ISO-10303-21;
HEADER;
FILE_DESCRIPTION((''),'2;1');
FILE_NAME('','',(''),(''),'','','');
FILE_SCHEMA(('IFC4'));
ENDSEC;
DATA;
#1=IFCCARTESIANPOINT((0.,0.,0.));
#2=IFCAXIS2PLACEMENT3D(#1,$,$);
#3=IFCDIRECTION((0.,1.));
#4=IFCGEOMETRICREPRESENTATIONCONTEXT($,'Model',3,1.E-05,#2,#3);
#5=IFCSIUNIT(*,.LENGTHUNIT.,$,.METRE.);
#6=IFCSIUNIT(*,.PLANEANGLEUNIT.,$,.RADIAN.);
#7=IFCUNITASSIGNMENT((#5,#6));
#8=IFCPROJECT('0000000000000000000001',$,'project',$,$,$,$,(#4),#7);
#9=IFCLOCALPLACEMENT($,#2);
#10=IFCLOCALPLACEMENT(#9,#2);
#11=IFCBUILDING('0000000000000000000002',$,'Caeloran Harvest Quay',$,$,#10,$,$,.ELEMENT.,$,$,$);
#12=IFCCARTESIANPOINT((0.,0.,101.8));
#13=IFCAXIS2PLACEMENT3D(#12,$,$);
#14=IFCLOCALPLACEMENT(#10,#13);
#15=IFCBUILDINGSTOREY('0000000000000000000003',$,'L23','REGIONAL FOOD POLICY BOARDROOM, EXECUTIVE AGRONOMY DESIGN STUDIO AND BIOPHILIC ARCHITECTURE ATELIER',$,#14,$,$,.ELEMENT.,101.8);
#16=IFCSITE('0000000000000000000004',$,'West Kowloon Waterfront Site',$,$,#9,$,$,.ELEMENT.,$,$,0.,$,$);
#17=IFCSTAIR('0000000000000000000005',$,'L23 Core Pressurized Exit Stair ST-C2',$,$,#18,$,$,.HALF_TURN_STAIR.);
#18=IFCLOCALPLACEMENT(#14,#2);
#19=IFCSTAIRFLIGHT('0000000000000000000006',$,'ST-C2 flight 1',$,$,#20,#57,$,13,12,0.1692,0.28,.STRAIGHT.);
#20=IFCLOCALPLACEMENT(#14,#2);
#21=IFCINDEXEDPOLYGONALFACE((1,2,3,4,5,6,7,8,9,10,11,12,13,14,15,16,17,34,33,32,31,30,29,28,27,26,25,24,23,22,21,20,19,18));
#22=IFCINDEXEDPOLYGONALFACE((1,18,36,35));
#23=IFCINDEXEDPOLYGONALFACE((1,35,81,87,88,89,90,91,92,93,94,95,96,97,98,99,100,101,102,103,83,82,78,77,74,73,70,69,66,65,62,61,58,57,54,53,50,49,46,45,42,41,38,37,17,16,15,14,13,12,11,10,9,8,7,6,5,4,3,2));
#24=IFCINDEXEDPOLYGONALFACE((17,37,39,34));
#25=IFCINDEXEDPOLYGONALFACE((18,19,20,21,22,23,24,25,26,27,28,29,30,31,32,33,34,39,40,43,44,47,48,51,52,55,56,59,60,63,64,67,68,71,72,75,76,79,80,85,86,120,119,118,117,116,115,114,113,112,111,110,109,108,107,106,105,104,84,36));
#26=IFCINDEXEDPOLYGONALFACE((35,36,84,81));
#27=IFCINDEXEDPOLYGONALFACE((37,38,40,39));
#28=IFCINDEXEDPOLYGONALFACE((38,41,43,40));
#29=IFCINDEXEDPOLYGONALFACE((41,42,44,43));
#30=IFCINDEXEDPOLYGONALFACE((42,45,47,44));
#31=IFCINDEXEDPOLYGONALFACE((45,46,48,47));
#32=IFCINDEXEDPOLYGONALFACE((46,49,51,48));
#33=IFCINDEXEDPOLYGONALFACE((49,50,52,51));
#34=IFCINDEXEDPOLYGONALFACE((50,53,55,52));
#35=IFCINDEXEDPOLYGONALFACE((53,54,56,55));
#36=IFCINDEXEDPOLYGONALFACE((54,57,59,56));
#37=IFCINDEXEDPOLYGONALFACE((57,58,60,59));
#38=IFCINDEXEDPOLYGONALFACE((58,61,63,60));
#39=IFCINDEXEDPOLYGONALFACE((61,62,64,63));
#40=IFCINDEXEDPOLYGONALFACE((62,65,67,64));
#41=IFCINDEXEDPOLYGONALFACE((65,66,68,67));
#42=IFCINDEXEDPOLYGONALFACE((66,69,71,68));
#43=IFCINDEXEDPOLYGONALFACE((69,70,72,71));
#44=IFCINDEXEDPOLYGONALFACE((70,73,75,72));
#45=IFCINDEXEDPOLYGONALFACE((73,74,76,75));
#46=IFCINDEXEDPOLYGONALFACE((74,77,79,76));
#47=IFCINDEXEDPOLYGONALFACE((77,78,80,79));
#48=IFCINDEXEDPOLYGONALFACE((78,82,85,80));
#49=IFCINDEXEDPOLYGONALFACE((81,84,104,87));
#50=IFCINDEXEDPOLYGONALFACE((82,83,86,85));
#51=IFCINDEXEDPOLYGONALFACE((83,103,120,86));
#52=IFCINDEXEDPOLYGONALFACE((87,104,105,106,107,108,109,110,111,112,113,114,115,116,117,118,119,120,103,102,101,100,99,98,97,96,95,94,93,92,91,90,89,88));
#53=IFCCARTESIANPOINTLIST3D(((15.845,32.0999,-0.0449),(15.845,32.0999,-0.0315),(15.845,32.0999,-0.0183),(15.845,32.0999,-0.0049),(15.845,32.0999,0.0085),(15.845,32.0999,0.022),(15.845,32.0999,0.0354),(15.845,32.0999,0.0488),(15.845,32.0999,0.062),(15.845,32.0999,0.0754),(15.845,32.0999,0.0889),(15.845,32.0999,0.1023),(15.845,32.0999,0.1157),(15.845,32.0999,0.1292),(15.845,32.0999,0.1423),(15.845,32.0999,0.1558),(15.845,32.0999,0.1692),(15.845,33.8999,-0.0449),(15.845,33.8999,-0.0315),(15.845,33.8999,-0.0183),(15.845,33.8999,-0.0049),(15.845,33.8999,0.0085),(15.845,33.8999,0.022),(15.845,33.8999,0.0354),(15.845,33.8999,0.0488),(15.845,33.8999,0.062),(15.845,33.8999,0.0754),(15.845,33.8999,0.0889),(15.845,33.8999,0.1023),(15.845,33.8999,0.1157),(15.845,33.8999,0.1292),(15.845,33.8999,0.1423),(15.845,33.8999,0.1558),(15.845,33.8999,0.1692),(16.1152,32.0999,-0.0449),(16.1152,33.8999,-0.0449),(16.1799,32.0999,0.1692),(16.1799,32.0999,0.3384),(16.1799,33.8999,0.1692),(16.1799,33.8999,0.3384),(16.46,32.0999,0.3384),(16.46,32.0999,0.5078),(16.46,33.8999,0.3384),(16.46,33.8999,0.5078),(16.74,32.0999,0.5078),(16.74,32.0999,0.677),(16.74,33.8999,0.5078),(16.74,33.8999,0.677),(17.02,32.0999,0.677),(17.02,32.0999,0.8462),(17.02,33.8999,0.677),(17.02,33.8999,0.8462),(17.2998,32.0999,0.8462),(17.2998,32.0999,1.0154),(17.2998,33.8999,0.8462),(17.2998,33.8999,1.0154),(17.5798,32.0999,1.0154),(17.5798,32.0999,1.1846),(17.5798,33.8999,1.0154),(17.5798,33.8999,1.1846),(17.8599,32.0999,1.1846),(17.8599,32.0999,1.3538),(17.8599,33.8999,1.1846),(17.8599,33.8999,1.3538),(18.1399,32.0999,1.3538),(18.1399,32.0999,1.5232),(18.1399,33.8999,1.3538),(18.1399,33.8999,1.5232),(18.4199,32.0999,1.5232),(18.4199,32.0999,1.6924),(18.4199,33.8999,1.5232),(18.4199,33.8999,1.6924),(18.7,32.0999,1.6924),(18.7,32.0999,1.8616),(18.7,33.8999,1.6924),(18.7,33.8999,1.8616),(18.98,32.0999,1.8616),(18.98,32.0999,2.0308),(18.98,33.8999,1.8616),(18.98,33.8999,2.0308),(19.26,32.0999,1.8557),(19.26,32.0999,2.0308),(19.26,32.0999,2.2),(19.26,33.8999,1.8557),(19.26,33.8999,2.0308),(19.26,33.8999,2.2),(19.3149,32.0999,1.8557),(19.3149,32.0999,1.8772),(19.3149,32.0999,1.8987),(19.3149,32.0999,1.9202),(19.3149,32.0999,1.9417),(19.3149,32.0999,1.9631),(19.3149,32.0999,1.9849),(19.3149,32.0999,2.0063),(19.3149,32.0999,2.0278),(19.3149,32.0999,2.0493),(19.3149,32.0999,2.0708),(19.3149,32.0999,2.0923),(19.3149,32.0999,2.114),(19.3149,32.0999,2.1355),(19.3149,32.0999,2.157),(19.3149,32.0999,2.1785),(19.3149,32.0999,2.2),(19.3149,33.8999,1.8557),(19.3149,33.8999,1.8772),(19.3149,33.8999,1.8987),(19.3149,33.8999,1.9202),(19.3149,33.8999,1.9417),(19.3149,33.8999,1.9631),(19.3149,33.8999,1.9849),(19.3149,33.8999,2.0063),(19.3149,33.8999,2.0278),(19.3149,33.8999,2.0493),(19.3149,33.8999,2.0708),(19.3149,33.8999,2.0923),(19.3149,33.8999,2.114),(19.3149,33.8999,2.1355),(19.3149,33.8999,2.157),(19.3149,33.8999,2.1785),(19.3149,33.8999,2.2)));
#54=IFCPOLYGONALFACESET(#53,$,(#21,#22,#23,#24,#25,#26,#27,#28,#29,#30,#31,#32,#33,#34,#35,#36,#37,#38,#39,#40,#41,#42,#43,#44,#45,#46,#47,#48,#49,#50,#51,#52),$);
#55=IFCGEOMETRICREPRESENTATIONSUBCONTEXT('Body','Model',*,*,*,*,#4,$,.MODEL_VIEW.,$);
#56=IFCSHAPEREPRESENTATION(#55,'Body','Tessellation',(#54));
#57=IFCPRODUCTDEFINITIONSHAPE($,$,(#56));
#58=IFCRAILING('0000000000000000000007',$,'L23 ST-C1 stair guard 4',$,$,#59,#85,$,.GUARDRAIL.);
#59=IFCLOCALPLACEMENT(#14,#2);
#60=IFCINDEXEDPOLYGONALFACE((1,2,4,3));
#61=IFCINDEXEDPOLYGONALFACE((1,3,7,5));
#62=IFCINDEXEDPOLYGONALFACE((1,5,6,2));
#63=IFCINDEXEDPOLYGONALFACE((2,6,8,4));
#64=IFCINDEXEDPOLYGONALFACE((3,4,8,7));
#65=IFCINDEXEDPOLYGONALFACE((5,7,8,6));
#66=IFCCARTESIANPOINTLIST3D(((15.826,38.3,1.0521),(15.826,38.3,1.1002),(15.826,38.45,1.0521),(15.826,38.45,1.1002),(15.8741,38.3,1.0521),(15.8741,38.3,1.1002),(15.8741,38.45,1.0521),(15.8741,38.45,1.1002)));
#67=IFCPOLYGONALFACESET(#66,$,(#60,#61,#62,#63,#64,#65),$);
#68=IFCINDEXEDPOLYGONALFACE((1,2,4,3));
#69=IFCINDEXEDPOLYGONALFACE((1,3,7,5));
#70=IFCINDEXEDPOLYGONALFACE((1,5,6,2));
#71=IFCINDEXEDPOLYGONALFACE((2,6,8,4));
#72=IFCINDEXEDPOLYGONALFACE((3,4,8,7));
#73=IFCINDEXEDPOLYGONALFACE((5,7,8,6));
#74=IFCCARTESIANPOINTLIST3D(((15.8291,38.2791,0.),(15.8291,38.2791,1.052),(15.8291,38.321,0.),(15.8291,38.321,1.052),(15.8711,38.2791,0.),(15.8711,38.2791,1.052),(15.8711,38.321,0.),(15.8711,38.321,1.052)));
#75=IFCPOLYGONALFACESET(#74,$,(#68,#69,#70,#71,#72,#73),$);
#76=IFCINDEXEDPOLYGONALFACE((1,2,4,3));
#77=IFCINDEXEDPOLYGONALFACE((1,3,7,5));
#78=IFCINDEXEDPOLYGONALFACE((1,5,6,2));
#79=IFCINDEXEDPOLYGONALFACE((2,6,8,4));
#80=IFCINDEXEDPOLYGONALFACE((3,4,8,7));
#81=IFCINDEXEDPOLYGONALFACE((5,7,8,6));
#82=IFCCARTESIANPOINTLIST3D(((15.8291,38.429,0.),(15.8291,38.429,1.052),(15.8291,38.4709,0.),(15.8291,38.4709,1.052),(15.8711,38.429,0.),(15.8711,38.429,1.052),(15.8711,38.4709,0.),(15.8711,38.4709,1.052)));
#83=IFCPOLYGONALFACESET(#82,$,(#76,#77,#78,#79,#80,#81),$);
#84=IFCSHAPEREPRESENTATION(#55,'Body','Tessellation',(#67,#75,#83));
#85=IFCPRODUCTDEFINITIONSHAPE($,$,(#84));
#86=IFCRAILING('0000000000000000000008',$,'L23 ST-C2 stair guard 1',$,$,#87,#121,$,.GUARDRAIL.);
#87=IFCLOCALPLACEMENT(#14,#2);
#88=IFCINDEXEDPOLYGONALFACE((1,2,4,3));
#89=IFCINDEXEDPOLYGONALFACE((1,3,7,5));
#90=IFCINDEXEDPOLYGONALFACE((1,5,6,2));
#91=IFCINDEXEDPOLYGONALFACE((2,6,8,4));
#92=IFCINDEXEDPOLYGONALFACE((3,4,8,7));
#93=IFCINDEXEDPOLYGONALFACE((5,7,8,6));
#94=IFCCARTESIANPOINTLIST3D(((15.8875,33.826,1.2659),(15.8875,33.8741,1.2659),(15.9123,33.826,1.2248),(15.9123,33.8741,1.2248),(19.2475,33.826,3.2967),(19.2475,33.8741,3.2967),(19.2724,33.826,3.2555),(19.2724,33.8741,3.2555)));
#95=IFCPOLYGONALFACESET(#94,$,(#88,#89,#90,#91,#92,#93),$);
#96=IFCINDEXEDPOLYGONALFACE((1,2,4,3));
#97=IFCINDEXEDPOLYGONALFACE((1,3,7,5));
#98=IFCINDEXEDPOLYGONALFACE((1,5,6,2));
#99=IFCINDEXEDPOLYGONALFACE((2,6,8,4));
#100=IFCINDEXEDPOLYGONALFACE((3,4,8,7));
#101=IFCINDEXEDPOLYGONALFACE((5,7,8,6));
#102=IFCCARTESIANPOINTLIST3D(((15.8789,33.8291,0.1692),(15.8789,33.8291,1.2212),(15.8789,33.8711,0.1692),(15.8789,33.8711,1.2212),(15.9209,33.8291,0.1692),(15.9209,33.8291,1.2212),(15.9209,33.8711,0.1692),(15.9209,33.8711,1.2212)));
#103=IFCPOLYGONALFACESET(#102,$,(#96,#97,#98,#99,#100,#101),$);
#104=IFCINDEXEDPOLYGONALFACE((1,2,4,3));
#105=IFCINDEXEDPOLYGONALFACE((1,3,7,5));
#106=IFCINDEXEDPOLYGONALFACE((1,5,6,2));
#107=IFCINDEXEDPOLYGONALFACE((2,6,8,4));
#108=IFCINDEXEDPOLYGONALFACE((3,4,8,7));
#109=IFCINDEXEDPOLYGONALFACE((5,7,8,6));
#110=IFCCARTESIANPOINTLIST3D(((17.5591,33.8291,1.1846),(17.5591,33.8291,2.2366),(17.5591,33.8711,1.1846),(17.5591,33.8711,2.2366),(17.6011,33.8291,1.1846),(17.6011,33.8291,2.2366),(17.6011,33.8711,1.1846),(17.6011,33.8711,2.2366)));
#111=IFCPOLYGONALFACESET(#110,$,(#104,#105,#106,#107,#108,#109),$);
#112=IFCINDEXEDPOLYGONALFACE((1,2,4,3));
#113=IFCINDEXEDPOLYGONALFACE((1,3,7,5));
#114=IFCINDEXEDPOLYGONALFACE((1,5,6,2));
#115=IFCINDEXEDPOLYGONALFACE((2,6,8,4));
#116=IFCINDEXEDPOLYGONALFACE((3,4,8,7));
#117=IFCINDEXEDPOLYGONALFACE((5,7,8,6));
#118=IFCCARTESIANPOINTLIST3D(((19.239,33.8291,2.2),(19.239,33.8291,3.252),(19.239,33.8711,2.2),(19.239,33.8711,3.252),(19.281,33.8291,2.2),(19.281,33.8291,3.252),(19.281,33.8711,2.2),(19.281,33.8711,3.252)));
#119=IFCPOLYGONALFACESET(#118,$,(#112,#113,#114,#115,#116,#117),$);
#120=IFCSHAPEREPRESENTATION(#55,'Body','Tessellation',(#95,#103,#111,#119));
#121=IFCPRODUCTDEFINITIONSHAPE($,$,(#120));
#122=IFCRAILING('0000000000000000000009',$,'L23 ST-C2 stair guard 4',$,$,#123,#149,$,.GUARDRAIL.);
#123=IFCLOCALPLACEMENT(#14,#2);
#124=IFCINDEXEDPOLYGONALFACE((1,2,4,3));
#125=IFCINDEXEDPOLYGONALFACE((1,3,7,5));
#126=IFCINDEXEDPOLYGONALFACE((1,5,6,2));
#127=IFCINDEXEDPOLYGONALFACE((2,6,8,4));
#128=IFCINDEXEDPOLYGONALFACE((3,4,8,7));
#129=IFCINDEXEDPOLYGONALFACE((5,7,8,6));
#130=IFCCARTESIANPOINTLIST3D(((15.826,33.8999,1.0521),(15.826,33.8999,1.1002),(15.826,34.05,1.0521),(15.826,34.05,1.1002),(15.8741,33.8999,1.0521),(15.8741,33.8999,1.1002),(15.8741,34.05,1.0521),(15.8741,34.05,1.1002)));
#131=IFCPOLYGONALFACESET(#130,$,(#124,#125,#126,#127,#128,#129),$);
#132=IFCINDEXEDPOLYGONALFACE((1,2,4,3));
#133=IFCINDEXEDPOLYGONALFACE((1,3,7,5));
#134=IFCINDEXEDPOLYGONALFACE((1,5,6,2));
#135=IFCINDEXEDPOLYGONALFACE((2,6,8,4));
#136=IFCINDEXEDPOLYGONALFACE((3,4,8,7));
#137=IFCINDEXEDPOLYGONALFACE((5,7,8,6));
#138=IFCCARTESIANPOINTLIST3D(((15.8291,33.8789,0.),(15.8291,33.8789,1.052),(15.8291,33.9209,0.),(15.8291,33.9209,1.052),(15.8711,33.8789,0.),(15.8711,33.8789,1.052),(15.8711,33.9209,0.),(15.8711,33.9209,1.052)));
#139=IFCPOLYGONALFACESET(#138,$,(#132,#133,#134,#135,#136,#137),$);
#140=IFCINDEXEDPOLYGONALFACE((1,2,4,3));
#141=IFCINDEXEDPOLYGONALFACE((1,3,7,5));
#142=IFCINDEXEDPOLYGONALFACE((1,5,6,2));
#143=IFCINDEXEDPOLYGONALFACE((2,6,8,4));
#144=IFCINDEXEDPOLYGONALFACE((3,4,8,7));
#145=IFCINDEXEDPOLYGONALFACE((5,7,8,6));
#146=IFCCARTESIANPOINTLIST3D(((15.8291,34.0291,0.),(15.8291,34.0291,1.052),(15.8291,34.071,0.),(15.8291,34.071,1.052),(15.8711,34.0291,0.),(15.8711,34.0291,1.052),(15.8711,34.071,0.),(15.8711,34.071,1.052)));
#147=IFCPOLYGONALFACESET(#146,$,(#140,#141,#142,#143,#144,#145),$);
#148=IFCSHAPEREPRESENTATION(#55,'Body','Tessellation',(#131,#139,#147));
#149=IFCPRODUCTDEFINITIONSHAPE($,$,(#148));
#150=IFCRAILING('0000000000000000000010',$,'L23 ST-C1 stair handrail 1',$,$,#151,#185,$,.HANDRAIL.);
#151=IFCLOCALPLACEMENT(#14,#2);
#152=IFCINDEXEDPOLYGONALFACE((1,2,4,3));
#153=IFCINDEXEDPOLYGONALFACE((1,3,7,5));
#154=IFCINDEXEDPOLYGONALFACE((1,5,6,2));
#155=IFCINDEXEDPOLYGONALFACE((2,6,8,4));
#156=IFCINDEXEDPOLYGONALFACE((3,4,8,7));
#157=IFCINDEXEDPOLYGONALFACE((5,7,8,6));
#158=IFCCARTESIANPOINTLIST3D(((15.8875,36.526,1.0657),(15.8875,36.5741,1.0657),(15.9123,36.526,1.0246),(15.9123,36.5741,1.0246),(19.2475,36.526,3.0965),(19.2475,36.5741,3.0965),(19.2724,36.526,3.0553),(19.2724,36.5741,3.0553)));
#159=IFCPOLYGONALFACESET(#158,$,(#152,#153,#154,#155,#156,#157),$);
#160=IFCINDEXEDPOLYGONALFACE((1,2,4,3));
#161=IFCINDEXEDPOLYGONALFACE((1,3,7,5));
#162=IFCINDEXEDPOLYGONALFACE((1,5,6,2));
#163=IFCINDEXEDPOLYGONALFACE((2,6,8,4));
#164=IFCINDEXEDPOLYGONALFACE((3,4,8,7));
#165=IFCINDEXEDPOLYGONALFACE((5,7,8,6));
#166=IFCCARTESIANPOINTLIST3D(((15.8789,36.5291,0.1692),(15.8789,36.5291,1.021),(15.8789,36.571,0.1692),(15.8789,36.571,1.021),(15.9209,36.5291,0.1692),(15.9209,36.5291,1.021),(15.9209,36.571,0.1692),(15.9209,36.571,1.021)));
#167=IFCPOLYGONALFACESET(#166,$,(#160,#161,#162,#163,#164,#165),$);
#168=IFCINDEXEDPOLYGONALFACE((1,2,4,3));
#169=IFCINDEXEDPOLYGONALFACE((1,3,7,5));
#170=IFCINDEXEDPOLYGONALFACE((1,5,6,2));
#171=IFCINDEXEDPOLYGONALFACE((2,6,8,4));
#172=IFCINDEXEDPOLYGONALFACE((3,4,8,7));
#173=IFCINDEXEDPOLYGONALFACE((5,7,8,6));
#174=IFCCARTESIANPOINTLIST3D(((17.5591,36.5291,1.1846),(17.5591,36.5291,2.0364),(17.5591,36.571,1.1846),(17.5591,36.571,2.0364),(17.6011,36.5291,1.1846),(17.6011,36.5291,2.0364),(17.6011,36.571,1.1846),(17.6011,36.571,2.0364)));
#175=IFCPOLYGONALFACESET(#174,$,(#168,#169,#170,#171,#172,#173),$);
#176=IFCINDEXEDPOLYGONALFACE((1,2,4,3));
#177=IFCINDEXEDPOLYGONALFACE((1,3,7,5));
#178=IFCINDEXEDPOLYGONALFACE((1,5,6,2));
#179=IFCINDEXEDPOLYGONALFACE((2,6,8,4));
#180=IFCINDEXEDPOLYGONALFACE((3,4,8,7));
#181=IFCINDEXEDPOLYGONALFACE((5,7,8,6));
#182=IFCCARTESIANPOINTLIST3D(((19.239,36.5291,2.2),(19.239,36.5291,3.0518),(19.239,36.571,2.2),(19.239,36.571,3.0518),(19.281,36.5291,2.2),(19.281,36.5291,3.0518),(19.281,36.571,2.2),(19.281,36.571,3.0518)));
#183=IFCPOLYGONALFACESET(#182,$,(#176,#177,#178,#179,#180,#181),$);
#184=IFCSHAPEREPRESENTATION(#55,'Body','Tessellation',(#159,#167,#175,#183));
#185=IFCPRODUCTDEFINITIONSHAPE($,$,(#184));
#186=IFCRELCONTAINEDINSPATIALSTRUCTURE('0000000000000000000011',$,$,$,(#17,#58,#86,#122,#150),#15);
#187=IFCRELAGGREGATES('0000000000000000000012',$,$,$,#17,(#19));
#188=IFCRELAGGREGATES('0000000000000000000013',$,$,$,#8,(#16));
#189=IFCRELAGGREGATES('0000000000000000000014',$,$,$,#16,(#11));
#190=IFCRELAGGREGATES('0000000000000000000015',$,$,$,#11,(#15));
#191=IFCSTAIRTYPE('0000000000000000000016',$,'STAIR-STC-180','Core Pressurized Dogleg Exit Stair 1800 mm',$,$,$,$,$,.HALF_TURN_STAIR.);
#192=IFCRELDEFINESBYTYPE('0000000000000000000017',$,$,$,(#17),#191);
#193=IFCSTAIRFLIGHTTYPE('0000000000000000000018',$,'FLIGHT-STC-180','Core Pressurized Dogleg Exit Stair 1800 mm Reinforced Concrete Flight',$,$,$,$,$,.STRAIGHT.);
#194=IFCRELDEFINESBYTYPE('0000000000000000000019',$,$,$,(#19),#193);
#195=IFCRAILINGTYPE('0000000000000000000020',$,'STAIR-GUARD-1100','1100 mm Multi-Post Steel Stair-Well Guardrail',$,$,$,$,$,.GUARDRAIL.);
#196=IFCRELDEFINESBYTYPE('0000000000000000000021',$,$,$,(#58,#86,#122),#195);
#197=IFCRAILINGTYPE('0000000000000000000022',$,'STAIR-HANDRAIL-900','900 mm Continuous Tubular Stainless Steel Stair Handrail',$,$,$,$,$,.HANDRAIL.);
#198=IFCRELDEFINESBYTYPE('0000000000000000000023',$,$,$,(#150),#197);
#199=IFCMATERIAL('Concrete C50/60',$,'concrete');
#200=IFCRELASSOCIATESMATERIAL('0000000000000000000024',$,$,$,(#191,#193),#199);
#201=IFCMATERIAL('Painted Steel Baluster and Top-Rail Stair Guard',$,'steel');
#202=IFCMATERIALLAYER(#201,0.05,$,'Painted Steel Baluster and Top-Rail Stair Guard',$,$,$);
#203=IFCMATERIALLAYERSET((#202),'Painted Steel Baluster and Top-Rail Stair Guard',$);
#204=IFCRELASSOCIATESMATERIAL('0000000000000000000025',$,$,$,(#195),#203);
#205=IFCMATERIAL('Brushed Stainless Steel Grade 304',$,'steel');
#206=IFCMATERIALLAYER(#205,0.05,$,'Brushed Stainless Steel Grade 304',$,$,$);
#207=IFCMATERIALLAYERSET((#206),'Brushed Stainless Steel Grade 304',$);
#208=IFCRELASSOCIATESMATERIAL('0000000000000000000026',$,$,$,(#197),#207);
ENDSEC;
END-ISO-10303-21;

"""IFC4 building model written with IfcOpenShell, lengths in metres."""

from ifc_helpers import new_model, si_unit, direction, frame, origin, origin_2d, place, context, subcontext, project, spatial, polyline, rectangle, outline, extrude, material, layer, layer_set, type_object, element, aggregate, save


model = new_model("IFC4")

# Units and contexts
model_context = context("Model", 3, precision=1e-05, world=origin(), true_north=direction((0.0, 1.0)))
body_context = subcontext(model_context, "Body", "Model", "MODEL_VIEW")
ifc_project = project(units=[si_unit("LENGTHUNIT", "METRE"), si_unit("PLANEANGLEUNIT", "RADIAN")], contexts=[model_context])

# Site, building, storey
site_placement = place(None, origin())
site = spatial("IfcSite", under=ifc_project, at=site_placement, Name="West Kowloon Waterfront Site", CompositionType="ELEMENT", RefElevation=0.0)
building_placement = place(site_placement, origin())
building = spatial("IfcBuilding", under=site, at=building_placement, Name="Caeloran Harvest Quay", CompositionType="ELEMENT")
storey_placement = place(building_placement, frame((0.0, 0.0, 101.8)))
storey = spatial("IfcBuildingStorey", under=building, at=storey_placement, Name="L23", Description="REGIONAL FOOD POLICY BOARDROOM, EXECUTIVE AGRONOMY DESIGN STUDIO AND BIOPHILIC ARCHITECTURE ATELIER", CompositionType="ELEMENT", Elevation=101.8)

# Shared definitions
ifc_material_1 = material(Name="Concrete C50/60", Category="concrete")

# Stair, stair flight
stair_type = type_object("IfcStairType", Name="STAIR-STC-180", Description="Core Pressurized Dogleg Exit Stair 1800 mm", PredefinedType="HALF_TURN_STAIR", material=ifc_material_1)
stair_placement = place(storey_placement, origin())
stair = element("IfcStair", 1, at=stair_placement, inside=storey, type_object=stair_type, Name="L23 Core Pressurized Exit Stair ST-C2", PredefinedType="HALF_TURN_STAIR")
stair_flight_type = type_object("IfcStairFlightType", Name="FLIGHT-STC-180", Description="Core Pressurized Dogleg Exit Stair 1800 mm Reinforced Concrete Flight", PredefinedType="STRAIGHT", material=ifc_material_1)
stair_flight_placement = place(storey_placement, frame((15.8999, 33.0, 0.0), z_axis=(0.0, 0.0, 1.0), x_axis=(1.0, 0.0, 0.0)))
stair_flight = element("IfcStairFlight", 2, at=stair_flight_placement, type_object=stair_flight_type, Name="ST-C2 flight 1", NumberOfRisers=13, NumberOfTreads=12, PredefinedType="STRAIGHT", RiserHeight=0.1692, TreadLength=0.28, context=body_context, shape_type="SweptSolid", body=[
    extrude(outline(polyline([(-0.0549, -0.0449), (-0.0549, -0.0315), (-0.0549, -0.0183), (-0.0549, -0.0049), (-0.0549, 0.0085), (-0.0549, 0.022), (-0.0549, 0.0354), (-0.0549, 0.0488), (-0.0549, 0.062), (-0.0549, 0.0754), (-0.0549, 0.0889), (-0.0549, 0.1023), (-0.0549, 0.1157), (-0.0549, 0.1292), (-0.0549, 0.1423), (-0.0549, 0.1558), (-0.0549, 0.1692), (0.28, 0.1692), (0.28, 0.3384), (0.5601, 0.3384), (0.5601, 0.5078), (0.8401, 0.5078), (0.8401, 0.677), (1.1201, 0.677), (1.1201, 0.8462), (1.3999, 0.8462), (1.3999, 1.0154), (1.6799, 1.0154), (1.6799, 1.1846), (1.96, 1.1846), (1.96, 1.3538), (2.24, 1.3538), (2.24, 1.5232), (2.52, 1.5232), (2.52, 1.6924), (2.8, 1.6924), (2.8, 1.8616), (3.0801, 1.8616), (3.0801, 2.0308), (3.3601, 2.0308), (3.3601, 2.2), (3.415, 2.2), (3.415, 2.1785), (3.415, 2.157), (3.415, 2.1355), (3.415, 2.114), (3.415, 2.0923), (3.415, 2.0708), (3.415, 2.0493), (3.415, 2.0278), (3.415, 2.0063), (3.415, 1.9849), (3.415, 1.9631), (3.415, 1.9417), (3.415, 1.9202), (3.415, 1.8987), (3.415, 1.8772), (3.415, 1.8557), (3.3601, 1.8557), (0.2153, -0.0449), (-0.0549, -0.0449)])), frame((0.0, 0.8999, 0.0), z_axis=(0.0, -1.0, 0.0), x_axis=(1.0, 0.0, 0.0)), (0.0, 0.0, 1.0), 1.8),
])
aggregate(stair, [stair_flight])

# Railings
ifc_material_2 = material(Name="Painted Steel Baluster and Top-Rail Stair Guard", Category="steel")
ifc_layer_1 = layer(ifc_material_2, 0.05, Name="Painted Steel Baluster and Top-Rail Stair Guard")
ifc_layer_set_1 = layer_set([ifc_layer_1], Name="Painted Steel Baluster and Top-Rail Stair Guard")
railing_type_1 = type_object("IfcRailingType", Name="STAIR-GUARD-1100", Description="1100 mm Multi-Post Steel Stair-Well Guardrail", PredefinedType="GUARDRAIL", material=ifc_layer_set_1)
railing_1_placement = place(storey_placement, frame((15.8501, 38.3, 0.0)))
element("IfcRailing", 3, at=railing_1_placement, inside=storey, type_object=railing_type_1, Name="L23 ST-C1 stair guard 4", PredefinedType="GUARDRAIL", context=body_context, shape_type="SweptSolid", body=[
    extrude(rectangle(XDim=0.0481, YDim=0.0481, at=origin_2d()), frame((0.0, 0.0, 1.0762), z_axis=(0.0, 1.0, 0.0), x_axis=(-1.0, 0.0, 0.0)), (0.0, 0.0, 1.0), 0.1499),
    extrude(rectangle(XDim=0.042, YDim=0.042, at=origin_2d()), origin(), (0.0, 0.0, 1.0), 1.052),
    extrude(rectangle(XDim=0.042, YDim=0.042, at=origin_2d()), frame((0.0, 0.1499, 0.0)), (0.0, 0.0, 1.0), 1.052),
])
railing_2_placement = place(storey_placement, frame((15.8999, 33.8501, 0.1692)))
element("IfcRailing", 4, at=railing_2_placement, inside=storey, type_object=railing_type_1, Name="L23 ST-C2 stair guard 1", PredefinedType="GUARDRAIL", context=body_context, shape_type="SweptSolid", body=[
    extrude(rectangle(XDim=0.0481, YDim=0.0481, at=origin_2d()), frame((0.0, 0.0, 1.0762), z_axis=(0.855837, 0.0, 0.517246), x_axis=(0.0, 1.0, 0.0)), (0.0, 0.0, 1.0), 3.926),
    extrude(rectangle(XDim=0.042, YDim=0.042, at=origin_2d()), origin(), (0.0, 0.0, 1.0), 1.052),
    extrude(rectangle(XDim=0.042, YDim=0.042, at=origin_2d()), frame((1.6802, 0.0, 1.0154)), (0.0, 0.0, 1.0), 1.052),
    extrude(rectangle(XDim=0.042, YDim=0.042, at=origin_2d()), frame((3.3601, 0.0, 2.0308)), (0.0, 0.0, 1.0), 1.052),
])
railing_3_placement = place(storey_placement, frame((15.8501, 33.8999, 0.0)))
element("IfcRailing", 5, at=railing_3_placement, inside=storey, type_object=railing_type_1, Name="L23 ST-C2 stair guard 4", PredefinedType="GUARDRAIL", context=body_context, shape_type="SweptSolid", body=[
    extrude(rectangle(XDim=0.0481, YDim=0.0481, at=origin_2d()), frame((0.0, 0.0, 1.0762), z_axis=(0.0, 1.0, 0.0), x_axis=(-1.0, 0.0, 0.0)), (0.0, 0.0, 1.0), 0.1501),
    extrude(rectangle(XDim=0.042, YDim=0.042, at=origin_2d()), origin(), (0.0, 0.0, 1.0), 1.052),
    extrude(rectangle(XDim=0.042, YDim=0.042, at=origin_2d()), frame((0.0, 0.1501, 0.0)), (0.0, 0.0, 1.0), 1.052),
])
ifc_material_3 = material(Name="Brushed Stainless Steel Grade 304", Category="steel")
ifc_layer_2 = layer(ifc_material_3, 0.05, Name="Brushed Stainless Steel Grade 304")
ifc_layer_set_2 = layer_set([ifc_layer_2], Name="Brushed Stainless Steel Grade 304")
railing_type_2 = type_object("IfcRailingType", Name="STAIR-HANDRAIL-900", Description="900 mm Continuous Tubular Stainless Steel Stair Handrail", PredefinedType="HANDRAIL", material=ifc_layer_set_2)
for number, where, name in (
    (6, (15.8999, 36.55, 0.1692), "L23 ST-C1 stair handrail 1"),
):
    element("IfcRailing", number, at=place(storey_placement, frame(where)), inside=storey, type_object=railing_type_2, Name=name, PredefinedType="HANDRAIL", context=body_context, shape_type="SweptSolid", body=[
        extrude(rectangle(XDim=0.0481, YDim=0.0481, at=origin_2d()), frame((0.0, 0.0, 0.876), z_axis=(0.855837, 0.0, 0.517246), x_axis=(0.0, 1.0, 0.0)), (0.0, 0.0, 1.0), 3.926),
        extrude(rectangle(XDim=0.042, YDim=0.042, at=origin_2d()), origin(), (0.0, 0.0, 1.0), 0.8518),
        extrude(rectangle(XDim=0.042, YDim=0.042, at=origin_2d()), frame((1.6802, 0.0, 1.0154)), (0.0, 0.0, 1.0), 0.8518),
        extrude(rectangle(XDim=0.042, YDim=0.042, at=origin_2d()), frame((3.3601, 0.0, 2.0308)), (0.0, 0.0, 1.0), 0.8518),
    ])

save(model, "model.ifc")
